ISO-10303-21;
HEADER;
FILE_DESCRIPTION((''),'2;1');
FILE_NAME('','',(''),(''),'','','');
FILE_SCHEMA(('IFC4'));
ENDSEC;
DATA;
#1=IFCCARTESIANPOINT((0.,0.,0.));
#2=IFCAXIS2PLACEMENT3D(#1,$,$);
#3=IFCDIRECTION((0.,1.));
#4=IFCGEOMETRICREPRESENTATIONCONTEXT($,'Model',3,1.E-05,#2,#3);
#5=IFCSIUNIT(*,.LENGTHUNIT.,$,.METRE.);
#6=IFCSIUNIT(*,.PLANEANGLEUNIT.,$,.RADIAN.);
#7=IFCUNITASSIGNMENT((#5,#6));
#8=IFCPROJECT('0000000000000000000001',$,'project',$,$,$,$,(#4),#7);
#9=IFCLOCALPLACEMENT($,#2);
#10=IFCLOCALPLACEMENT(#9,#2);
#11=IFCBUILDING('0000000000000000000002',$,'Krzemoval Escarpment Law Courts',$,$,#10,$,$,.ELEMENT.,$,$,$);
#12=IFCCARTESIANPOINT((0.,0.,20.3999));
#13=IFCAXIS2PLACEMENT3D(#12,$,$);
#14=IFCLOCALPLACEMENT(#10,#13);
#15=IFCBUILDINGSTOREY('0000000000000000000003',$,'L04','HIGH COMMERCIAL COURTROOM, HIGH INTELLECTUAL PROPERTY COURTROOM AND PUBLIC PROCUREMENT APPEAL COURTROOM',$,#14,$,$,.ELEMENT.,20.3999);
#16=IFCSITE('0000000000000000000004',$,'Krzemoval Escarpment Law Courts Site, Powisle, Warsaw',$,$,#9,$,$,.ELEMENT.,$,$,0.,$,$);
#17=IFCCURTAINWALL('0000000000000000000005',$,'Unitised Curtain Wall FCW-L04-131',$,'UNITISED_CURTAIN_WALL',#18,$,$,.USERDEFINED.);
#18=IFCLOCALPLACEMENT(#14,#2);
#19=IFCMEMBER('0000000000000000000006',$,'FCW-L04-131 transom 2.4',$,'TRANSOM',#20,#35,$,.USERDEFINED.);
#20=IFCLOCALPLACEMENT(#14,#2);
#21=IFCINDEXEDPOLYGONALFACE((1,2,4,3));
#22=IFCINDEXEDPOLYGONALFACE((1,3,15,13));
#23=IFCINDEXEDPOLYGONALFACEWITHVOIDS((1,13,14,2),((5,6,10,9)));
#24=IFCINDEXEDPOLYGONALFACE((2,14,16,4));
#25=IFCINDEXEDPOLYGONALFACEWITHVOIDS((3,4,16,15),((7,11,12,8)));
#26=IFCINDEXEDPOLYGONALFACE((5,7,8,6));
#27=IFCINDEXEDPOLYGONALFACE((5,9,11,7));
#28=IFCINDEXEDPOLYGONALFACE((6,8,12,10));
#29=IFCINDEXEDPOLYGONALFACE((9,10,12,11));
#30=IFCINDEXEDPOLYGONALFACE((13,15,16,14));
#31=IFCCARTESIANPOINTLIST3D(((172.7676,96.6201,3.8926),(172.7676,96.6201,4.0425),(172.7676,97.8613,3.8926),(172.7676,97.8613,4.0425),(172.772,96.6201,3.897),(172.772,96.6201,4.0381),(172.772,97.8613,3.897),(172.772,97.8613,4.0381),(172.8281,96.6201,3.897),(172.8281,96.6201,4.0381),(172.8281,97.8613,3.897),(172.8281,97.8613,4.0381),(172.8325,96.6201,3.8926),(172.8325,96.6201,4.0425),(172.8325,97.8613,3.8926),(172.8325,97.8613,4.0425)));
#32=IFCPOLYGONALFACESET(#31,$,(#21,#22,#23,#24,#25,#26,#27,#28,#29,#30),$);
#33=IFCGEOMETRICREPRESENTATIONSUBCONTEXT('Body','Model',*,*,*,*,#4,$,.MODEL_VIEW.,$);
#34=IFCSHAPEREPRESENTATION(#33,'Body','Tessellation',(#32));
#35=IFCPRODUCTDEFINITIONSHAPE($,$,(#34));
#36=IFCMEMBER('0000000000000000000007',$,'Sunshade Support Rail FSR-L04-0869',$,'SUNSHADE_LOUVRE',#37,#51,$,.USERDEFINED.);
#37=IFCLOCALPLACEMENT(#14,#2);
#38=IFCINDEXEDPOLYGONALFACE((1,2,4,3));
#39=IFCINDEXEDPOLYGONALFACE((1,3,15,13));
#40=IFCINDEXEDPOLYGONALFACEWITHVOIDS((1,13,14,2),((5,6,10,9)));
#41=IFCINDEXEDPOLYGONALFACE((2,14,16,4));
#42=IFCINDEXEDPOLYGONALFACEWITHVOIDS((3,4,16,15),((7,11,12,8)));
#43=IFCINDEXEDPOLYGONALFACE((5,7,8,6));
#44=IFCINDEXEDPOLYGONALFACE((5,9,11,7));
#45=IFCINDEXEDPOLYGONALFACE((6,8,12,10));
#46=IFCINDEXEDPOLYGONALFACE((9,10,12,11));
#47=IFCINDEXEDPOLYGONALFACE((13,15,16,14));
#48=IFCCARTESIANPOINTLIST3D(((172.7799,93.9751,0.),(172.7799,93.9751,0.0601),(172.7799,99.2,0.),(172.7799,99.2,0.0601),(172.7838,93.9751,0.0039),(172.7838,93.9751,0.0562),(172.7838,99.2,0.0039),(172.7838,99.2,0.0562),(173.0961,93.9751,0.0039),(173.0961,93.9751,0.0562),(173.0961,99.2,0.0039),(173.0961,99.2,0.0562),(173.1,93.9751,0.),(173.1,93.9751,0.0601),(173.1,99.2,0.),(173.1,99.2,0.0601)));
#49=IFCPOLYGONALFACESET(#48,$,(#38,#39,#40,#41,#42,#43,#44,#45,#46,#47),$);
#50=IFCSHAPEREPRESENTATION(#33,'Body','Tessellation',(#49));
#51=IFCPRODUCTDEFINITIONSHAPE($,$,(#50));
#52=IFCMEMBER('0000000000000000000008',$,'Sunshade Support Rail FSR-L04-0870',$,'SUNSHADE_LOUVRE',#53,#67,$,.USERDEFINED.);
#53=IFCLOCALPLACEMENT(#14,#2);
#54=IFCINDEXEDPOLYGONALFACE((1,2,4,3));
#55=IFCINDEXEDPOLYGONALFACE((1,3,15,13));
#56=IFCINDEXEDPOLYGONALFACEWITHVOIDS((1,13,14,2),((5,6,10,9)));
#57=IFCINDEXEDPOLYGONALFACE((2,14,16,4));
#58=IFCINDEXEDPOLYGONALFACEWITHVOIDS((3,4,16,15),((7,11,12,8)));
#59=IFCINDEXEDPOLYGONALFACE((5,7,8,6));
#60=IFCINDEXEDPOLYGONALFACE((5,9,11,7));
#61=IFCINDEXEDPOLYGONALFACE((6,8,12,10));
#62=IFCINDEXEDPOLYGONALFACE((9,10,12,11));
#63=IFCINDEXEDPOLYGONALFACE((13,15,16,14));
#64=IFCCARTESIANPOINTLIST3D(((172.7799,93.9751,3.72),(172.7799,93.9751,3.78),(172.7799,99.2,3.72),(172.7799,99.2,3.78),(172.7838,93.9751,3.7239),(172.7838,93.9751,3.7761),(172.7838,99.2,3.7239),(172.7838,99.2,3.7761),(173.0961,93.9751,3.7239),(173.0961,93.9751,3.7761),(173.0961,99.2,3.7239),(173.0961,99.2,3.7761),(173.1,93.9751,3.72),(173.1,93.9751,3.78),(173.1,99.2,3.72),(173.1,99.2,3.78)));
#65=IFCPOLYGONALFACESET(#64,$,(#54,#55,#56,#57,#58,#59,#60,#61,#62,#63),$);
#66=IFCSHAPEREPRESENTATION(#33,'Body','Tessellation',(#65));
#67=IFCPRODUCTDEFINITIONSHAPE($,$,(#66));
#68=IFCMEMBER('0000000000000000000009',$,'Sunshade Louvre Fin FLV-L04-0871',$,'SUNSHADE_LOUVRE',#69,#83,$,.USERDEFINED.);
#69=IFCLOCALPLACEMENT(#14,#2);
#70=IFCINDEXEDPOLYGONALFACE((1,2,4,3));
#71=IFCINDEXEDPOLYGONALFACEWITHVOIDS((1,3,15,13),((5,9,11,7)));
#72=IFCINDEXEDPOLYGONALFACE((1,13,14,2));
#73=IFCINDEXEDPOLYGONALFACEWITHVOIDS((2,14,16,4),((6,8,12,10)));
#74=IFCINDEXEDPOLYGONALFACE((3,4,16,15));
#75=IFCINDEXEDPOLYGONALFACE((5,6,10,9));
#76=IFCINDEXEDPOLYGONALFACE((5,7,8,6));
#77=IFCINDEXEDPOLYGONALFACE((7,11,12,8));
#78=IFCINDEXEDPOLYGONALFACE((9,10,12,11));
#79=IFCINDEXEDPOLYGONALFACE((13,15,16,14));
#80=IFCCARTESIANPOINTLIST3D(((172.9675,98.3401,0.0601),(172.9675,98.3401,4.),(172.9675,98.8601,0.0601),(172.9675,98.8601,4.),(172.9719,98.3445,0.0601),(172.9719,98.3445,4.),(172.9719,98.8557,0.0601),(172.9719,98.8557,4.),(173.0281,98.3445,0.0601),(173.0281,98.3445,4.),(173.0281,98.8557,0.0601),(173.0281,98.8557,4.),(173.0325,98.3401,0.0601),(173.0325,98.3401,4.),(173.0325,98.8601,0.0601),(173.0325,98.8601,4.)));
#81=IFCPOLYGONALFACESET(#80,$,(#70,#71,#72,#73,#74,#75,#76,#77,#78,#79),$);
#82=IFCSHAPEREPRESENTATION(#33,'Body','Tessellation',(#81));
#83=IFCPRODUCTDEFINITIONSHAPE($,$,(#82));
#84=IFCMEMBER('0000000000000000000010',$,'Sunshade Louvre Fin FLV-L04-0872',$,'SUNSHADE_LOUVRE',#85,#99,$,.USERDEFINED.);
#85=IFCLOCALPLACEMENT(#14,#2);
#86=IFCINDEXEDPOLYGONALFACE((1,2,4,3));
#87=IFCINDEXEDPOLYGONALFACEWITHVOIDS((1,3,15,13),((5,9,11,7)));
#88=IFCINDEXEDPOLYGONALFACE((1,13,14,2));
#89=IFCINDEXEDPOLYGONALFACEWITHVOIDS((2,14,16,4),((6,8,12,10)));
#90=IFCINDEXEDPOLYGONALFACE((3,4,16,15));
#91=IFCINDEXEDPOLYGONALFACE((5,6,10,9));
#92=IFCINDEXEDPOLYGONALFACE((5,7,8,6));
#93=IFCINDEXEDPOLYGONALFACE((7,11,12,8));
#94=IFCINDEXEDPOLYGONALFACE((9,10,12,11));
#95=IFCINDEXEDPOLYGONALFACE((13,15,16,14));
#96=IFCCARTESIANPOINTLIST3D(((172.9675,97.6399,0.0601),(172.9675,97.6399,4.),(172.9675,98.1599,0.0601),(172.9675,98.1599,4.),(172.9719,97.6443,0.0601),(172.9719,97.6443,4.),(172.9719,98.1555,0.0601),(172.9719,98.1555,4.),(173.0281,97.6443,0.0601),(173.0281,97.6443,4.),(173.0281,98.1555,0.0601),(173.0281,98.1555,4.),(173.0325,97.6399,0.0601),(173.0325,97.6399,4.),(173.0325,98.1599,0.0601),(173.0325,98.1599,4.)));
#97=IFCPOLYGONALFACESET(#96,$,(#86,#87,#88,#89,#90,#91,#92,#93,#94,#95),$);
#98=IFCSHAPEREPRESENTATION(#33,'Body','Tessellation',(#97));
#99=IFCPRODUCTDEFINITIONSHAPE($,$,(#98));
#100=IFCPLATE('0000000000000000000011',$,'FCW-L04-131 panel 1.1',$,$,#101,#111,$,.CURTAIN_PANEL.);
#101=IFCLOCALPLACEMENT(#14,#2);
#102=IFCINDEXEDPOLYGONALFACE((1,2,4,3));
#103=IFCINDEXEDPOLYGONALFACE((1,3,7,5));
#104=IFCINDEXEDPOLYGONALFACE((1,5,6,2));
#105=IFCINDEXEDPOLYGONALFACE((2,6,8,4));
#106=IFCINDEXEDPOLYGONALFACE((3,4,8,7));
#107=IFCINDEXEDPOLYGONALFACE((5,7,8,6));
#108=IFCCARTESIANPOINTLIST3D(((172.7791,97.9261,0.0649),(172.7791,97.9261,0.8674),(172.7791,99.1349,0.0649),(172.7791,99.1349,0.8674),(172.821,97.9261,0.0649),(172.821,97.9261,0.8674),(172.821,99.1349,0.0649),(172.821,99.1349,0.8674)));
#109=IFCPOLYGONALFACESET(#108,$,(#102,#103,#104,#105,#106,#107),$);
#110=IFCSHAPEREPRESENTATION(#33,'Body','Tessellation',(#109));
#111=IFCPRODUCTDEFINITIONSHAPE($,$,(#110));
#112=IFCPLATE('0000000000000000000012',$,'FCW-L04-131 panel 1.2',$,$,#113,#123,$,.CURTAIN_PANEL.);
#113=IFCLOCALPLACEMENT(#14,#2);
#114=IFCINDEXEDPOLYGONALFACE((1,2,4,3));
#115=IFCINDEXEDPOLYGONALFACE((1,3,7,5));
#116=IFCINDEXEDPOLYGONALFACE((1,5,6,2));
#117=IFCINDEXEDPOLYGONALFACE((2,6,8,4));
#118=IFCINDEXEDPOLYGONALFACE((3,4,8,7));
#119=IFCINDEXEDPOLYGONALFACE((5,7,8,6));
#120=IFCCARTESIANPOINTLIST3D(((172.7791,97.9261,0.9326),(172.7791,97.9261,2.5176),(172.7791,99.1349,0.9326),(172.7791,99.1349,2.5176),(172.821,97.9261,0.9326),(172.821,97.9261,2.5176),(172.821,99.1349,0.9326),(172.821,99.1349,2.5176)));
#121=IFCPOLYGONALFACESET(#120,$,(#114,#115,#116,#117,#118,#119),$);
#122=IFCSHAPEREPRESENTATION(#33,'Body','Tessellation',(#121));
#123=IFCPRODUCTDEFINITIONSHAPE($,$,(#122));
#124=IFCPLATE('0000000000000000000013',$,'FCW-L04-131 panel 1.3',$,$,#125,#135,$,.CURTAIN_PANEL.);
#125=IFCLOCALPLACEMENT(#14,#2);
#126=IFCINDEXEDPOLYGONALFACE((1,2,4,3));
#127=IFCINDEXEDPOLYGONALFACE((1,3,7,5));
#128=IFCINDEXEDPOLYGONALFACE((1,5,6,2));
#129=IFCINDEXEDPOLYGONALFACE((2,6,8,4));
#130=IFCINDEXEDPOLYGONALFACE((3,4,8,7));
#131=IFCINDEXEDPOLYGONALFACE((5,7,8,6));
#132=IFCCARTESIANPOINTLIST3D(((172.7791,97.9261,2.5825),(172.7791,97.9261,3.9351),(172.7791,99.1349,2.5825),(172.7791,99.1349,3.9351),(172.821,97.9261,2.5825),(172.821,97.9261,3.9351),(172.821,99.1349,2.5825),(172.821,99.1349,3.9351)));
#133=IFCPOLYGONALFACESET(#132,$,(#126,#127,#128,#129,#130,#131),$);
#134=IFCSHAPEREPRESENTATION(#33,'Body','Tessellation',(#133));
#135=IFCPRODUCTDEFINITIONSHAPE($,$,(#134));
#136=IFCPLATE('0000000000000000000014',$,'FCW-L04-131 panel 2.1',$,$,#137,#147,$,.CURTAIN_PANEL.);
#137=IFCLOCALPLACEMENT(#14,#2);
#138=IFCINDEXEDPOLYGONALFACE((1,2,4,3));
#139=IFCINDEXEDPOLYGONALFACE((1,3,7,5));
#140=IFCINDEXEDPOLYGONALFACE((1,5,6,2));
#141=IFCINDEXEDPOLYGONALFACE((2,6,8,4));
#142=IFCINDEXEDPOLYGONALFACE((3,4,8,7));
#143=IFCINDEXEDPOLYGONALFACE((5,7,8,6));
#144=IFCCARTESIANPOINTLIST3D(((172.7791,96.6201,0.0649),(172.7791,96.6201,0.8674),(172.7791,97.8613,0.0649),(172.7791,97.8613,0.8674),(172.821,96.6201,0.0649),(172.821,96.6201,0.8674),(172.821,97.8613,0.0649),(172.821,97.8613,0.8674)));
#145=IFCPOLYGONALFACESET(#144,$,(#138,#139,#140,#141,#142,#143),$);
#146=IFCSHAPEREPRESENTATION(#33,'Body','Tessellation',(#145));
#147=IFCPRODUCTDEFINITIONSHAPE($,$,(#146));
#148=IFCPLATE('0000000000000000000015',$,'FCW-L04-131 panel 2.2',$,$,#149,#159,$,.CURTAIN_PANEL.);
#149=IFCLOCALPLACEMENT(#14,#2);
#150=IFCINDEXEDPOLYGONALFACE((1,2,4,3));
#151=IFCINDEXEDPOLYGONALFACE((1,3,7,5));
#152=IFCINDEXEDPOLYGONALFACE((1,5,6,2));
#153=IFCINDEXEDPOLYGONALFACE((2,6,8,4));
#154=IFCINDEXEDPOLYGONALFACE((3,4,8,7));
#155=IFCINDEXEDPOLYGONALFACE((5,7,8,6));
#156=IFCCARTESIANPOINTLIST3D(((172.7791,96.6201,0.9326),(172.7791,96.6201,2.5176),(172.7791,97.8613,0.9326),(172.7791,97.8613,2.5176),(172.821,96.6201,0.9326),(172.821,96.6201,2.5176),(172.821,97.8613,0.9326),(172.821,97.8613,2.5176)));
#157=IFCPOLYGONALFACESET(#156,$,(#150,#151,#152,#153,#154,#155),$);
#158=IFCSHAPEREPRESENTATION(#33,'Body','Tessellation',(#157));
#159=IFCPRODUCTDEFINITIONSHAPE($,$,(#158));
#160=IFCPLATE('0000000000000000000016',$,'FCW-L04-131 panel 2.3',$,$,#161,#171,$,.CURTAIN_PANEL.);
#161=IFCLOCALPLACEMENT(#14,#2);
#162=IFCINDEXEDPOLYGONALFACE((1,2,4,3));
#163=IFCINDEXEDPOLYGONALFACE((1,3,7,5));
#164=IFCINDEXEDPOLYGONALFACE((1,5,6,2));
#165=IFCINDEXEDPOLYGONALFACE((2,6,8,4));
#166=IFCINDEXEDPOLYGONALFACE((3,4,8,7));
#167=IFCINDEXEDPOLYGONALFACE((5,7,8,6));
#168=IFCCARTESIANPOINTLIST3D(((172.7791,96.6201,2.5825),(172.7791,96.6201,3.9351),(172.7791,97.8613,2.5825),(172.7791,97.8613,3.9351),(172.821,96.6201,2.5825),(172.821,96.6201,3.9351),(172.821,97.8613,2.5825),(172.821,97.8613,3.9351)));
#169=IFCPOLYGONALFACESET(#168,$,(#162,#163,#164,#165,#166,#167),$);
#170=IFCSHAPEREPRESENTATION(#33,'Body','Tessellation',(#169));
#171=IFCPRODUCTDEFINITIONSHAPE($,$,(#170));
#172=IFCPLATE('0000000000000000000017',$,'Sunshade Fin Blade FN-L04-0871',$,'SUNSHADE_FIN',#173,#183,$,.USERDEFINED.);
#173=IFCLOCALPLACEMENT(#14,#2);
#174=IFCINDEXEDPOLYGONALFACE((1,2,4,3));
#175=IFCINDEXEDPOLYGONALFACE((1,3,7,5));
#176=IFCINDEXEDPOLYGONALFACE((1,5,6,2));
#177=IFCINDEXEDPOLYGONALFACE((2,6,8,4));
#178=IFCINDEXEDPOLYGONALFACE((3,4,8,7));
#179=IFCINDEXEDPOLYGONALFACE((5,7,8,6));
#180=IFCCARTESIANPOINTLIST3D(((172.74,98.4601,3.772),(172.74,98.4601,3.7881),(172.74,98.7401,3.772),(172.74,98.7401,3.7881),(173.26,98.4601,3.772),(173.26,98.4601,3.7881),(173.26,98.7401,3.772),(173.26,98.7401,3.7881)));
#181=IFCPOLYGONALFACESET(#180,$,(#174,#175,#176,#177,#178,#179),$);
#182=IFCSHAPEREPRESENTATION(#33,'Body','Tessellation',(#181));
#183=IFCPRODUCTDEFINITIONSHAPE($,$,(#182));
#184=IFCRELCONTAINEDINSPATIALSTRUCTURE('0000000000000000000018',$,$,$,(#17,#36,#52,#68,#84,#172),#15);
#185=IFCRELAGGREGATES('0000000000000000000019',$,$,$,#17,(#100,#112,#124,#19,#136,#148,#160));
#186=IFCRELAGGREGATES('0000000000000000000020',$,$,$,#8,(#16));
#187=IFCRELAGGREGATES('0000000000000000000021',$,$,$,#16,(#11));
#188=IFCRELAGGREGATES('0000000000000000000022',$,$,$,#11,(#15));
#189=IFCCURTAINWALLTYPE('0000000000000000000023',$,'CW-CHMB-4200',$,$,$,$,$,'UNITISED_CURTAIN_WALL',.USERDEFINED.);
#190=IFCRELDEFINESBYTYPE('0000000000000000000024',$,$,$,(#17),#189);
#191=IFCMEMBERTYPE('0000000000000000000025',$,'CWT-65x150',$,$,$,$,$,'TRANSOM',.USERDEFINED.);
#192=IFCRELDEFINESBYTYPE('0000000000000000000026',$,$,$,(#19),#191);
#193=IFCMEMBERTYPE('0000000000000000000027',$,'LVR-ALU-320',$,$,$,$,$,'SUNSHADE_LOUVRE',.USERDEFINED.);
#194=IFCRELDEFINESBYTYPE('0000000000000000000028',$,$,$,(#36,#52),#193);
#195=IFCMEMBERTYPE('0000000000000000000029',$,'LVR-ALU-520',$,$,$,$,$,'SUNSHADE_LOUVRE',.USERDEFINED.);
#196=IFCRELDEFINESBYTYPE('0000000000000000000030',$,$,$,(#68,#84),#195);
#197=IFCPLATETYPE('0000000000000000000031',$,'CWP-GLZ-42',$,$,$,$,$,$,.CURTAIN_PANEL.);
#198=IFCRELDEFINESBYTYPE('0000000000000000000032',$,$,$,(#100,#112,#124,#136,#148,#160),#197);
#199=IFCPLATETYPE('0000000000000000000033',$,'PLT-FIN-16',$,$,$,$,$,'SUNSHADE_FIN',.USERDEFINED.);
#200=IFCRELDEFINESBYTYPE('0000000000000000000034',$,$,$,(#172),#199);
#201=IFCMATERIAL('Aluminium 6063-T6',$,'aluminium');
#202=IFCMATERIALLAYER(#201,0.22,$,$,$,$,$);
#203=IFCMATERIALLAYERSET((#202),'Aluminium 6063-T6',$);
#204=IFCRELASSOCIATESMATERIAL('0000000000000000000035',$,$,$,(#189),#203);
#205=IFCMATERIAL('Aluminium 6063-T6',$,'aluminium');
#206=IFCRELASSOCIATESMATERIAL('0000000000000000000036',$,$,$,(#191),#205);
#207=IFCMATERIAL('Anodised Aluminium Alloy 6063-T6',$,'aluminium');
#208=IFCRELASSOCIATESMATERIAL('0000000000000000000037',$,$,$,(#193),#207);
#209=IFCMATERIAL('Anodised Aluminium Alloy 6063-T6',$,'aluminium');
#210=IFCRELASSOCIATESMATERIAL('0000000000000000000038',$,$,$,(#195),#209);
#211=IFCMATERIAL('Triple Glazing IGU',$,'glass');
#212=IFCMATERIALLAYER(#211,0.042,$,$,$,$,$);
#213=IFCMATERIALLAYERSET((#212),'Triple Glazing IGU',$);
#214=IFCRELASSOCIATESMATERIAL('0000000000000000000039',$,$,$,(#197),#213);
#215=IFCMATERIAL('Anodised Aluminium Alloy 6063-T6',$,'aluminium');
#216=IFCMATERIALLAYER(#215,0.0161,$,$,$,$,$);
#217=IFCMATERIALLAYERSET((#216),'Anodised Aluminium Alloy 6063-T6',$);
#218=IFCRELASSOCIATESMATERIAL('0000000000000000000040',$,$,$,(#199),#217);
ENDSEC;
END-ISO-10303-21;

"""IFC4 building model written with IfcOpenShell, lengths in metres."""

from ifc_helpers import new_model, si_unit, direction, frame, origin, origin_2d, place, context, subcontext, project, spatial, rectangle, hollow_rectangle, extrude, material, layer, layer_set, material_profile, profile_set, type_object, element, aggregate, save


model = new_model("IFC4")

# Units and contexts
model_context = context("Model", 3, precision=1e-05, world=origin(), true_north=direction((0.0, 1.0)))
body_context = subcontext(model_context, "Body", "Model", "MODEL_VIEW")
ifc_project = project(units=[si_unit("LENGTHUNIT", "METRE"), si_unit("PLANEANGLEUNIT", "RADIAN")], contexts=[model_context])

# Site, building, storey
site_placement = place(None, origin())
site = spatial("IfcSite", under=ifc_project, at=site_placement, Name="Krzemoval Escarpment Law Courts Site, Powisle, Warsaw", CompositionType="ELEMENT", RefElevation=0.0)
building_placement = place(site_placement, origin())
building = spatial("IfcBuilding", under=site, at=building_placement, Name="Krzemoval Escarpment Law Courts", CompositionType="ELEMENT")
storey_placement = place(building_placement, frame((0.0, 0.0, 20.3999)))
storey = spatial("IfcBuildingStorey", under=building, at=storey_placement, Name="L04", Description="HIGH COMMERCIAL COURTROOM, HIGH INTELLECTUAL PROPERTY COURTROOM AND PUBLIC PROCUREMENT APPEAL COURTROOM", CompositionType="ELEMENT", Elevation=20.3999)

# Curtain wall, member
ifc_material_1 = material(Name="Aluminium 6063-T6", Category="aluminium")
ifc_layer_1 = layer(ifc_material_1, 0.22)
ifc_layer_set_1 = layer_set([ifc_layer_1], Name="Aluminium 6063-T6")
curtain_wall_type = type_object("IfcCurtainWallType", Name="CW-CHMB-4200", ElementType="UNITISED_CURTAIN_WALL", PredefinedType="USERDEFINED", material=ifc_layer_set_1)
curtain_wall_placement = place(storey_placement, origin())
curtain_wall = element("IfcCurtainWall", 1, at=curtain_wall_placement, inside=storey, type_object=curtain_wall_type, Name="Unitised Curtain Wall FCW-L04-131", ObjectType="UNITISED_CURTAIN_WALL", PredefinedType="USERDEFINED")
ifc_material_2 = material(Name="Aluminium 6063-T6", Category="aluminium")
ifc_material_profile_1 = material_profile(ifc_material_2, hollow_rectangle(XDim=0.0649, YDim=0.1499, WallThickness=0.0044, at=origin_2d()), Name="ALU T65x150")
ifc_profile_set_1 = profile_set([ifc_material_profile_1], Name="Aluminium 6063-T6")
member_type_1 = type_object("IfcMemberType", Name="CWT-65x150", ElementType="TRANSOM", PredefinedType="USERDEFINED", material=ifc_profile_set_1)
member_1_placement = place(storey_placement, frame((172.8, 97.8613, 3.9675), z_axis=(0.0, -1.0, 0.0), x_axis=(1.0, 0.0, 0.0)))
member_1 = element("IfcMember", 2, at=member_1_placement, type_object=member_type_1, Name="FCW-L04-131 transom 2.4", ObjectType="TRANSOM", PredefinedType="USERDEFINED", context=body_context, shape_type="SweptSolid", body=[
    extrude(hollow_rectangle(XDim=0.0649, YDim=0.1499, WallThickness=0.0044, at=origin_2d()), origin(), (0.0, 0.0, 1.0), 1.2412),
])

# Members
ifc_material_3 = material(Name="Anodised Aluminium Alloy 6063-T6", Category="aluminium")
ifc_material_profile_2 = material_profile(ifc_material_3, hollow_rectangle(XDim=0.0601, YDim=0.3201, WallThickness=0.0039, at=origin_2d()), Name="ALU LVR 60x320")
ifc_profile_set_2 = profile_set([ifc_material_profile_2], Name="Anodised Aluminium Alloy 6063-T6")
member_type_2 = type_object("IfcMemberType", Name="LVR-ALU-320", ElementType="SUNSHADE_LOUVRE", PredefinedType="USERDEFINED", material=ifc_profile_set_2)
for number, where, z_axis, x_axis, name in (
    (3, (172.9399, 99.2, 0.03), (0.0, -1.0, 0.0), (0.0, 0.0, 1.0), "Sunshade Support Rail FSR-L04-0869"),
    (4, (172.9399, 99.2, 3.75), (0.0, -1.0, 0.0), (0.0, 0.0, 1.0), "Sunshade Support Rail FSR-L04-0870"),
):
    element("IfcMember", number, at=place(storey_placement, frame(where, z_axis=z_axis, x_axis=x_axis)), inside=storey, type_object=member_type_2, Name=name, ObjectType="SUNSHADE_LOUVRE", PredefinedType="USERDEFINED", context=body_context, shape_type="SweptSolid", body=[
        extrude(hollow_rectangle(XDim=0.0601, YDim=0.3201, WallThickness=0.0039, at=origin_2d()), origin(), (0.0, 0.0, 1.0), 5.2249),
    ])
ifc_material_4 = material(Name="Anodised Aluminium Alloy 6063-T6", Category="aluminium")
ifc_material_profile_3 = material_profile(ifc_material_4, hollow_rectangle(XDim=0.0649, YDim=0.52, WallThickness=0.0044, at=origin_2d()), Name="ALU LVR 65x520")
ifc_profile_set_3 = profile_set([ifc_material_profile_3], Name="Anodised Aluminium Alloy 6063-T6")
member_type_3 = type_object("IfcMemberType", Name="LVR-ALU-520", ElementType="SUNSHADE_LOUVRE", PredefinedType="USERDEFINED", material=ifc_profile_set_3)
for number, where, z_axis, x_axis, name in (
    (5, (173.0, 98.6001, 0.0601), (0.0, 0.0, 1.0), (1.0, 0.0, 0.0), "Sunshade Louvre Fin FLV-L04-0871"),
    (6, (173.0, 97.8999, 0.0601), (0.0, 0.0, 1.0), (1.0, 0.0, 0.0), "Sunshade Louvre Fin FLV-L04-0872"),
):
    element("IfcMember", number, at=place(storey_placement, frame(where, z_axis=z_axis, x_axis=x_axis)), inside=storey, type_object=member_type_3, Name=name, ObjectType="SUNSHADE_LOUVRE", PredefinedType="USERDEFINED", context=body_context, shape_type="SweptSolid", body=[
        extrude(hollow_rectangle(XDim=0.0649, YDim=0.52, WallThickness=0.0044, at=origin_2d()), origin(), (0.0, 0.0, 1.0), 3.9399),
    ])

# Plates
ifc_material_5 = material(Name="Triple Glazing IGU", Category="glass")
ifc_layer_2 = layer(ifc_material_5, 0.042)
ifc_layer_set_2 = layer_set([ifc_layer_2], Name="Triple Glazing IGU")
plate_type_1 = type_object("IfcPlateType", Name="CWP-GLZ-42", PredefinedType="CURTAIN_PANEL", material=ifc_layer_set_2)
plate_1_placement = place(storey_placement, frame((172.8, 98.5305, 0.0649), z_axis=(0.0, 0.0, 1.0), x_axis=(0.0, -1.0, 0.0)))
plate_1 = element("IfcPlate", 7, at=plate_1_placement, type_object=plate_type_1, Name="FCW-L04-131 panel 1.1", PredefinedType="CURTAIN_PANEL", context=body_context, shape_type="SweptSolid", body=[
    extrude(rectangle(XDim=1.2087, YDim=0.042, at=origin_2d()), origin(), (0.0, 0.0, 1.0), 0.8025),
])
plate_2_placement = place(storey_placement, frame((172.8, 98.5305, 0.9326), z_axis=(0.0, 0.0, 1.0), x_axis=(0.0, -1.0, 0.0)))
plate_2 = element("IfcPlate", 8, at=plate_2_placement, type_object=plate_type_1, Name="FCW-L04-131 panel 1.2", PredefinedType="CURTAIN_PANEL", context=body_context, shape_type="SweptSolid", body=[
    extrude(rectangle(XDim=1.2087, YDim=0.042, at=origin_2d()), origin(), (0.0, 0.0, 1.0), 1.585),
])
plate_3_placement = place(storey_placement, frame((172.8, 98.5305, 2.5825), z_axis=(0.0, 0.0, 1.0), x_axis=(0.0, -1.0, 0.0)))
plate_3 = element("IfcPlate", 9, at=plate_3_placement, type_object=plate_type_1, Name="FCW-L04-131 panel 1.3", PredefinedType="CURTAIN_PANEL", context=body_context, shape_type="SweptSolid", body=[
    extrude(rectangle(XDim=1.2087, YDim=0.042, at=origin_2d()), origin(), (0.0, 0.0, 1.0), 1.3525),
])
plate_4_placement = place(storey_placement, frame((172.8, 97.2407, 0.0649), z_axis=(0.0, 0.0, 1.0), x_axis=(0.0, -1.0, 0.0)))
plate_4 = element("IfcPlate", 10, at=plate_4_placement, type_object=plate_type_1, Name="FCW-L04-131 panel 2.1", PredefinedType="CURTAIN_PANEL", context=body_context, shape_type="SweptSolid", body=[
    extrude(rectangle(XDim=1.2412, YDim=0.042, at=origin_2d()), origin(), (0.0, 0.0, 1.0), 0.8025),
])
plate_5_placement = place(storey_placement, frame((172.8, 97.2407, 0.9326), z_axis=(0.0, 0.0, 1.0), x_axis=(0.0, -1.0, 0.0)))
plate_5 = element("IfcPlate", 11, at=plate_5_placement, type_object=plate_type_1, Name="FCW-L04-131 panel 2.2", PredefinedType="CURTAIN_PANEL", context=body_context, shape_type="SweptSolid", body=[
    extrude(rectangle(XDim=1.2412, YDim=0.042, at=origin_2d()), origin(), (0.0, 0.0, 1.0), 1.585),
])
plate_6_placement = place(storey_placement, frame((172.8, 97.2407, 2.5825), z_axis=(0.0, 0.0, 1.0), x_axis=(0.0, -1.0, 0.0)))
plate_6 = element("IfcPlate", 12, at=plate_6_placement, type_object=plate_type_1, Name="FCW-L04-131 panel 2.3", PredefinedType="CURTAIN_PANEL", context=body_context, shape_type="SweptSolid", body=[
    extrude(rectangle(XDim=1.2412, YDim=0.042, at=origin_2d()), origin(), (0.0, 0.0, 1.0), 1.3525),
])
aggregate(curtain_wall, [plate_1, plate_2, plate_3, member_1, plate_4, plate_5, plate_6])
ifc_material_6 = material(Name="Anodised Aluminium Alloy 6063-T6", Category="aluminium")
ifc_layer_3 = layer(ifc_material_6, 0.0161)
ifc_layer_set_3 = layer_set([ifc_layer_3], Name="Anodised Aluminium Alloy 6063-T6")
plate_type_2 = type_object("IfcPlateType", Name="PLT-FIN-16", ElementType="SUNSHADE_FIN", PredefinedType="USERDEFINED", material=ifc_layer_set_3)
plate_7_placement = place(storey_placement, frame((173.0, 98.6001, 3.772), z_axis=(0.0, 0.0, 1.0), x_axis=(1.0, 0.0, 0.0)))
element("IfcPlate", 13, at=plate_7_placement, inside=storey, type_object=plate_type_2, Name="Sunshade Fin Blade FN-L04-0871", ObjectType="SUNSHADE_FIN", PredefinedType="USERDEFINED", context=body_context, shape_type="SweptSolid", body=[
    extrude(rectangle(XDim=0.52, YDim=0.28, at=origin_2d()), origin(), (0.0, 0.0, 1.0), 0.0161),
])

save(model, "model.ifc")
